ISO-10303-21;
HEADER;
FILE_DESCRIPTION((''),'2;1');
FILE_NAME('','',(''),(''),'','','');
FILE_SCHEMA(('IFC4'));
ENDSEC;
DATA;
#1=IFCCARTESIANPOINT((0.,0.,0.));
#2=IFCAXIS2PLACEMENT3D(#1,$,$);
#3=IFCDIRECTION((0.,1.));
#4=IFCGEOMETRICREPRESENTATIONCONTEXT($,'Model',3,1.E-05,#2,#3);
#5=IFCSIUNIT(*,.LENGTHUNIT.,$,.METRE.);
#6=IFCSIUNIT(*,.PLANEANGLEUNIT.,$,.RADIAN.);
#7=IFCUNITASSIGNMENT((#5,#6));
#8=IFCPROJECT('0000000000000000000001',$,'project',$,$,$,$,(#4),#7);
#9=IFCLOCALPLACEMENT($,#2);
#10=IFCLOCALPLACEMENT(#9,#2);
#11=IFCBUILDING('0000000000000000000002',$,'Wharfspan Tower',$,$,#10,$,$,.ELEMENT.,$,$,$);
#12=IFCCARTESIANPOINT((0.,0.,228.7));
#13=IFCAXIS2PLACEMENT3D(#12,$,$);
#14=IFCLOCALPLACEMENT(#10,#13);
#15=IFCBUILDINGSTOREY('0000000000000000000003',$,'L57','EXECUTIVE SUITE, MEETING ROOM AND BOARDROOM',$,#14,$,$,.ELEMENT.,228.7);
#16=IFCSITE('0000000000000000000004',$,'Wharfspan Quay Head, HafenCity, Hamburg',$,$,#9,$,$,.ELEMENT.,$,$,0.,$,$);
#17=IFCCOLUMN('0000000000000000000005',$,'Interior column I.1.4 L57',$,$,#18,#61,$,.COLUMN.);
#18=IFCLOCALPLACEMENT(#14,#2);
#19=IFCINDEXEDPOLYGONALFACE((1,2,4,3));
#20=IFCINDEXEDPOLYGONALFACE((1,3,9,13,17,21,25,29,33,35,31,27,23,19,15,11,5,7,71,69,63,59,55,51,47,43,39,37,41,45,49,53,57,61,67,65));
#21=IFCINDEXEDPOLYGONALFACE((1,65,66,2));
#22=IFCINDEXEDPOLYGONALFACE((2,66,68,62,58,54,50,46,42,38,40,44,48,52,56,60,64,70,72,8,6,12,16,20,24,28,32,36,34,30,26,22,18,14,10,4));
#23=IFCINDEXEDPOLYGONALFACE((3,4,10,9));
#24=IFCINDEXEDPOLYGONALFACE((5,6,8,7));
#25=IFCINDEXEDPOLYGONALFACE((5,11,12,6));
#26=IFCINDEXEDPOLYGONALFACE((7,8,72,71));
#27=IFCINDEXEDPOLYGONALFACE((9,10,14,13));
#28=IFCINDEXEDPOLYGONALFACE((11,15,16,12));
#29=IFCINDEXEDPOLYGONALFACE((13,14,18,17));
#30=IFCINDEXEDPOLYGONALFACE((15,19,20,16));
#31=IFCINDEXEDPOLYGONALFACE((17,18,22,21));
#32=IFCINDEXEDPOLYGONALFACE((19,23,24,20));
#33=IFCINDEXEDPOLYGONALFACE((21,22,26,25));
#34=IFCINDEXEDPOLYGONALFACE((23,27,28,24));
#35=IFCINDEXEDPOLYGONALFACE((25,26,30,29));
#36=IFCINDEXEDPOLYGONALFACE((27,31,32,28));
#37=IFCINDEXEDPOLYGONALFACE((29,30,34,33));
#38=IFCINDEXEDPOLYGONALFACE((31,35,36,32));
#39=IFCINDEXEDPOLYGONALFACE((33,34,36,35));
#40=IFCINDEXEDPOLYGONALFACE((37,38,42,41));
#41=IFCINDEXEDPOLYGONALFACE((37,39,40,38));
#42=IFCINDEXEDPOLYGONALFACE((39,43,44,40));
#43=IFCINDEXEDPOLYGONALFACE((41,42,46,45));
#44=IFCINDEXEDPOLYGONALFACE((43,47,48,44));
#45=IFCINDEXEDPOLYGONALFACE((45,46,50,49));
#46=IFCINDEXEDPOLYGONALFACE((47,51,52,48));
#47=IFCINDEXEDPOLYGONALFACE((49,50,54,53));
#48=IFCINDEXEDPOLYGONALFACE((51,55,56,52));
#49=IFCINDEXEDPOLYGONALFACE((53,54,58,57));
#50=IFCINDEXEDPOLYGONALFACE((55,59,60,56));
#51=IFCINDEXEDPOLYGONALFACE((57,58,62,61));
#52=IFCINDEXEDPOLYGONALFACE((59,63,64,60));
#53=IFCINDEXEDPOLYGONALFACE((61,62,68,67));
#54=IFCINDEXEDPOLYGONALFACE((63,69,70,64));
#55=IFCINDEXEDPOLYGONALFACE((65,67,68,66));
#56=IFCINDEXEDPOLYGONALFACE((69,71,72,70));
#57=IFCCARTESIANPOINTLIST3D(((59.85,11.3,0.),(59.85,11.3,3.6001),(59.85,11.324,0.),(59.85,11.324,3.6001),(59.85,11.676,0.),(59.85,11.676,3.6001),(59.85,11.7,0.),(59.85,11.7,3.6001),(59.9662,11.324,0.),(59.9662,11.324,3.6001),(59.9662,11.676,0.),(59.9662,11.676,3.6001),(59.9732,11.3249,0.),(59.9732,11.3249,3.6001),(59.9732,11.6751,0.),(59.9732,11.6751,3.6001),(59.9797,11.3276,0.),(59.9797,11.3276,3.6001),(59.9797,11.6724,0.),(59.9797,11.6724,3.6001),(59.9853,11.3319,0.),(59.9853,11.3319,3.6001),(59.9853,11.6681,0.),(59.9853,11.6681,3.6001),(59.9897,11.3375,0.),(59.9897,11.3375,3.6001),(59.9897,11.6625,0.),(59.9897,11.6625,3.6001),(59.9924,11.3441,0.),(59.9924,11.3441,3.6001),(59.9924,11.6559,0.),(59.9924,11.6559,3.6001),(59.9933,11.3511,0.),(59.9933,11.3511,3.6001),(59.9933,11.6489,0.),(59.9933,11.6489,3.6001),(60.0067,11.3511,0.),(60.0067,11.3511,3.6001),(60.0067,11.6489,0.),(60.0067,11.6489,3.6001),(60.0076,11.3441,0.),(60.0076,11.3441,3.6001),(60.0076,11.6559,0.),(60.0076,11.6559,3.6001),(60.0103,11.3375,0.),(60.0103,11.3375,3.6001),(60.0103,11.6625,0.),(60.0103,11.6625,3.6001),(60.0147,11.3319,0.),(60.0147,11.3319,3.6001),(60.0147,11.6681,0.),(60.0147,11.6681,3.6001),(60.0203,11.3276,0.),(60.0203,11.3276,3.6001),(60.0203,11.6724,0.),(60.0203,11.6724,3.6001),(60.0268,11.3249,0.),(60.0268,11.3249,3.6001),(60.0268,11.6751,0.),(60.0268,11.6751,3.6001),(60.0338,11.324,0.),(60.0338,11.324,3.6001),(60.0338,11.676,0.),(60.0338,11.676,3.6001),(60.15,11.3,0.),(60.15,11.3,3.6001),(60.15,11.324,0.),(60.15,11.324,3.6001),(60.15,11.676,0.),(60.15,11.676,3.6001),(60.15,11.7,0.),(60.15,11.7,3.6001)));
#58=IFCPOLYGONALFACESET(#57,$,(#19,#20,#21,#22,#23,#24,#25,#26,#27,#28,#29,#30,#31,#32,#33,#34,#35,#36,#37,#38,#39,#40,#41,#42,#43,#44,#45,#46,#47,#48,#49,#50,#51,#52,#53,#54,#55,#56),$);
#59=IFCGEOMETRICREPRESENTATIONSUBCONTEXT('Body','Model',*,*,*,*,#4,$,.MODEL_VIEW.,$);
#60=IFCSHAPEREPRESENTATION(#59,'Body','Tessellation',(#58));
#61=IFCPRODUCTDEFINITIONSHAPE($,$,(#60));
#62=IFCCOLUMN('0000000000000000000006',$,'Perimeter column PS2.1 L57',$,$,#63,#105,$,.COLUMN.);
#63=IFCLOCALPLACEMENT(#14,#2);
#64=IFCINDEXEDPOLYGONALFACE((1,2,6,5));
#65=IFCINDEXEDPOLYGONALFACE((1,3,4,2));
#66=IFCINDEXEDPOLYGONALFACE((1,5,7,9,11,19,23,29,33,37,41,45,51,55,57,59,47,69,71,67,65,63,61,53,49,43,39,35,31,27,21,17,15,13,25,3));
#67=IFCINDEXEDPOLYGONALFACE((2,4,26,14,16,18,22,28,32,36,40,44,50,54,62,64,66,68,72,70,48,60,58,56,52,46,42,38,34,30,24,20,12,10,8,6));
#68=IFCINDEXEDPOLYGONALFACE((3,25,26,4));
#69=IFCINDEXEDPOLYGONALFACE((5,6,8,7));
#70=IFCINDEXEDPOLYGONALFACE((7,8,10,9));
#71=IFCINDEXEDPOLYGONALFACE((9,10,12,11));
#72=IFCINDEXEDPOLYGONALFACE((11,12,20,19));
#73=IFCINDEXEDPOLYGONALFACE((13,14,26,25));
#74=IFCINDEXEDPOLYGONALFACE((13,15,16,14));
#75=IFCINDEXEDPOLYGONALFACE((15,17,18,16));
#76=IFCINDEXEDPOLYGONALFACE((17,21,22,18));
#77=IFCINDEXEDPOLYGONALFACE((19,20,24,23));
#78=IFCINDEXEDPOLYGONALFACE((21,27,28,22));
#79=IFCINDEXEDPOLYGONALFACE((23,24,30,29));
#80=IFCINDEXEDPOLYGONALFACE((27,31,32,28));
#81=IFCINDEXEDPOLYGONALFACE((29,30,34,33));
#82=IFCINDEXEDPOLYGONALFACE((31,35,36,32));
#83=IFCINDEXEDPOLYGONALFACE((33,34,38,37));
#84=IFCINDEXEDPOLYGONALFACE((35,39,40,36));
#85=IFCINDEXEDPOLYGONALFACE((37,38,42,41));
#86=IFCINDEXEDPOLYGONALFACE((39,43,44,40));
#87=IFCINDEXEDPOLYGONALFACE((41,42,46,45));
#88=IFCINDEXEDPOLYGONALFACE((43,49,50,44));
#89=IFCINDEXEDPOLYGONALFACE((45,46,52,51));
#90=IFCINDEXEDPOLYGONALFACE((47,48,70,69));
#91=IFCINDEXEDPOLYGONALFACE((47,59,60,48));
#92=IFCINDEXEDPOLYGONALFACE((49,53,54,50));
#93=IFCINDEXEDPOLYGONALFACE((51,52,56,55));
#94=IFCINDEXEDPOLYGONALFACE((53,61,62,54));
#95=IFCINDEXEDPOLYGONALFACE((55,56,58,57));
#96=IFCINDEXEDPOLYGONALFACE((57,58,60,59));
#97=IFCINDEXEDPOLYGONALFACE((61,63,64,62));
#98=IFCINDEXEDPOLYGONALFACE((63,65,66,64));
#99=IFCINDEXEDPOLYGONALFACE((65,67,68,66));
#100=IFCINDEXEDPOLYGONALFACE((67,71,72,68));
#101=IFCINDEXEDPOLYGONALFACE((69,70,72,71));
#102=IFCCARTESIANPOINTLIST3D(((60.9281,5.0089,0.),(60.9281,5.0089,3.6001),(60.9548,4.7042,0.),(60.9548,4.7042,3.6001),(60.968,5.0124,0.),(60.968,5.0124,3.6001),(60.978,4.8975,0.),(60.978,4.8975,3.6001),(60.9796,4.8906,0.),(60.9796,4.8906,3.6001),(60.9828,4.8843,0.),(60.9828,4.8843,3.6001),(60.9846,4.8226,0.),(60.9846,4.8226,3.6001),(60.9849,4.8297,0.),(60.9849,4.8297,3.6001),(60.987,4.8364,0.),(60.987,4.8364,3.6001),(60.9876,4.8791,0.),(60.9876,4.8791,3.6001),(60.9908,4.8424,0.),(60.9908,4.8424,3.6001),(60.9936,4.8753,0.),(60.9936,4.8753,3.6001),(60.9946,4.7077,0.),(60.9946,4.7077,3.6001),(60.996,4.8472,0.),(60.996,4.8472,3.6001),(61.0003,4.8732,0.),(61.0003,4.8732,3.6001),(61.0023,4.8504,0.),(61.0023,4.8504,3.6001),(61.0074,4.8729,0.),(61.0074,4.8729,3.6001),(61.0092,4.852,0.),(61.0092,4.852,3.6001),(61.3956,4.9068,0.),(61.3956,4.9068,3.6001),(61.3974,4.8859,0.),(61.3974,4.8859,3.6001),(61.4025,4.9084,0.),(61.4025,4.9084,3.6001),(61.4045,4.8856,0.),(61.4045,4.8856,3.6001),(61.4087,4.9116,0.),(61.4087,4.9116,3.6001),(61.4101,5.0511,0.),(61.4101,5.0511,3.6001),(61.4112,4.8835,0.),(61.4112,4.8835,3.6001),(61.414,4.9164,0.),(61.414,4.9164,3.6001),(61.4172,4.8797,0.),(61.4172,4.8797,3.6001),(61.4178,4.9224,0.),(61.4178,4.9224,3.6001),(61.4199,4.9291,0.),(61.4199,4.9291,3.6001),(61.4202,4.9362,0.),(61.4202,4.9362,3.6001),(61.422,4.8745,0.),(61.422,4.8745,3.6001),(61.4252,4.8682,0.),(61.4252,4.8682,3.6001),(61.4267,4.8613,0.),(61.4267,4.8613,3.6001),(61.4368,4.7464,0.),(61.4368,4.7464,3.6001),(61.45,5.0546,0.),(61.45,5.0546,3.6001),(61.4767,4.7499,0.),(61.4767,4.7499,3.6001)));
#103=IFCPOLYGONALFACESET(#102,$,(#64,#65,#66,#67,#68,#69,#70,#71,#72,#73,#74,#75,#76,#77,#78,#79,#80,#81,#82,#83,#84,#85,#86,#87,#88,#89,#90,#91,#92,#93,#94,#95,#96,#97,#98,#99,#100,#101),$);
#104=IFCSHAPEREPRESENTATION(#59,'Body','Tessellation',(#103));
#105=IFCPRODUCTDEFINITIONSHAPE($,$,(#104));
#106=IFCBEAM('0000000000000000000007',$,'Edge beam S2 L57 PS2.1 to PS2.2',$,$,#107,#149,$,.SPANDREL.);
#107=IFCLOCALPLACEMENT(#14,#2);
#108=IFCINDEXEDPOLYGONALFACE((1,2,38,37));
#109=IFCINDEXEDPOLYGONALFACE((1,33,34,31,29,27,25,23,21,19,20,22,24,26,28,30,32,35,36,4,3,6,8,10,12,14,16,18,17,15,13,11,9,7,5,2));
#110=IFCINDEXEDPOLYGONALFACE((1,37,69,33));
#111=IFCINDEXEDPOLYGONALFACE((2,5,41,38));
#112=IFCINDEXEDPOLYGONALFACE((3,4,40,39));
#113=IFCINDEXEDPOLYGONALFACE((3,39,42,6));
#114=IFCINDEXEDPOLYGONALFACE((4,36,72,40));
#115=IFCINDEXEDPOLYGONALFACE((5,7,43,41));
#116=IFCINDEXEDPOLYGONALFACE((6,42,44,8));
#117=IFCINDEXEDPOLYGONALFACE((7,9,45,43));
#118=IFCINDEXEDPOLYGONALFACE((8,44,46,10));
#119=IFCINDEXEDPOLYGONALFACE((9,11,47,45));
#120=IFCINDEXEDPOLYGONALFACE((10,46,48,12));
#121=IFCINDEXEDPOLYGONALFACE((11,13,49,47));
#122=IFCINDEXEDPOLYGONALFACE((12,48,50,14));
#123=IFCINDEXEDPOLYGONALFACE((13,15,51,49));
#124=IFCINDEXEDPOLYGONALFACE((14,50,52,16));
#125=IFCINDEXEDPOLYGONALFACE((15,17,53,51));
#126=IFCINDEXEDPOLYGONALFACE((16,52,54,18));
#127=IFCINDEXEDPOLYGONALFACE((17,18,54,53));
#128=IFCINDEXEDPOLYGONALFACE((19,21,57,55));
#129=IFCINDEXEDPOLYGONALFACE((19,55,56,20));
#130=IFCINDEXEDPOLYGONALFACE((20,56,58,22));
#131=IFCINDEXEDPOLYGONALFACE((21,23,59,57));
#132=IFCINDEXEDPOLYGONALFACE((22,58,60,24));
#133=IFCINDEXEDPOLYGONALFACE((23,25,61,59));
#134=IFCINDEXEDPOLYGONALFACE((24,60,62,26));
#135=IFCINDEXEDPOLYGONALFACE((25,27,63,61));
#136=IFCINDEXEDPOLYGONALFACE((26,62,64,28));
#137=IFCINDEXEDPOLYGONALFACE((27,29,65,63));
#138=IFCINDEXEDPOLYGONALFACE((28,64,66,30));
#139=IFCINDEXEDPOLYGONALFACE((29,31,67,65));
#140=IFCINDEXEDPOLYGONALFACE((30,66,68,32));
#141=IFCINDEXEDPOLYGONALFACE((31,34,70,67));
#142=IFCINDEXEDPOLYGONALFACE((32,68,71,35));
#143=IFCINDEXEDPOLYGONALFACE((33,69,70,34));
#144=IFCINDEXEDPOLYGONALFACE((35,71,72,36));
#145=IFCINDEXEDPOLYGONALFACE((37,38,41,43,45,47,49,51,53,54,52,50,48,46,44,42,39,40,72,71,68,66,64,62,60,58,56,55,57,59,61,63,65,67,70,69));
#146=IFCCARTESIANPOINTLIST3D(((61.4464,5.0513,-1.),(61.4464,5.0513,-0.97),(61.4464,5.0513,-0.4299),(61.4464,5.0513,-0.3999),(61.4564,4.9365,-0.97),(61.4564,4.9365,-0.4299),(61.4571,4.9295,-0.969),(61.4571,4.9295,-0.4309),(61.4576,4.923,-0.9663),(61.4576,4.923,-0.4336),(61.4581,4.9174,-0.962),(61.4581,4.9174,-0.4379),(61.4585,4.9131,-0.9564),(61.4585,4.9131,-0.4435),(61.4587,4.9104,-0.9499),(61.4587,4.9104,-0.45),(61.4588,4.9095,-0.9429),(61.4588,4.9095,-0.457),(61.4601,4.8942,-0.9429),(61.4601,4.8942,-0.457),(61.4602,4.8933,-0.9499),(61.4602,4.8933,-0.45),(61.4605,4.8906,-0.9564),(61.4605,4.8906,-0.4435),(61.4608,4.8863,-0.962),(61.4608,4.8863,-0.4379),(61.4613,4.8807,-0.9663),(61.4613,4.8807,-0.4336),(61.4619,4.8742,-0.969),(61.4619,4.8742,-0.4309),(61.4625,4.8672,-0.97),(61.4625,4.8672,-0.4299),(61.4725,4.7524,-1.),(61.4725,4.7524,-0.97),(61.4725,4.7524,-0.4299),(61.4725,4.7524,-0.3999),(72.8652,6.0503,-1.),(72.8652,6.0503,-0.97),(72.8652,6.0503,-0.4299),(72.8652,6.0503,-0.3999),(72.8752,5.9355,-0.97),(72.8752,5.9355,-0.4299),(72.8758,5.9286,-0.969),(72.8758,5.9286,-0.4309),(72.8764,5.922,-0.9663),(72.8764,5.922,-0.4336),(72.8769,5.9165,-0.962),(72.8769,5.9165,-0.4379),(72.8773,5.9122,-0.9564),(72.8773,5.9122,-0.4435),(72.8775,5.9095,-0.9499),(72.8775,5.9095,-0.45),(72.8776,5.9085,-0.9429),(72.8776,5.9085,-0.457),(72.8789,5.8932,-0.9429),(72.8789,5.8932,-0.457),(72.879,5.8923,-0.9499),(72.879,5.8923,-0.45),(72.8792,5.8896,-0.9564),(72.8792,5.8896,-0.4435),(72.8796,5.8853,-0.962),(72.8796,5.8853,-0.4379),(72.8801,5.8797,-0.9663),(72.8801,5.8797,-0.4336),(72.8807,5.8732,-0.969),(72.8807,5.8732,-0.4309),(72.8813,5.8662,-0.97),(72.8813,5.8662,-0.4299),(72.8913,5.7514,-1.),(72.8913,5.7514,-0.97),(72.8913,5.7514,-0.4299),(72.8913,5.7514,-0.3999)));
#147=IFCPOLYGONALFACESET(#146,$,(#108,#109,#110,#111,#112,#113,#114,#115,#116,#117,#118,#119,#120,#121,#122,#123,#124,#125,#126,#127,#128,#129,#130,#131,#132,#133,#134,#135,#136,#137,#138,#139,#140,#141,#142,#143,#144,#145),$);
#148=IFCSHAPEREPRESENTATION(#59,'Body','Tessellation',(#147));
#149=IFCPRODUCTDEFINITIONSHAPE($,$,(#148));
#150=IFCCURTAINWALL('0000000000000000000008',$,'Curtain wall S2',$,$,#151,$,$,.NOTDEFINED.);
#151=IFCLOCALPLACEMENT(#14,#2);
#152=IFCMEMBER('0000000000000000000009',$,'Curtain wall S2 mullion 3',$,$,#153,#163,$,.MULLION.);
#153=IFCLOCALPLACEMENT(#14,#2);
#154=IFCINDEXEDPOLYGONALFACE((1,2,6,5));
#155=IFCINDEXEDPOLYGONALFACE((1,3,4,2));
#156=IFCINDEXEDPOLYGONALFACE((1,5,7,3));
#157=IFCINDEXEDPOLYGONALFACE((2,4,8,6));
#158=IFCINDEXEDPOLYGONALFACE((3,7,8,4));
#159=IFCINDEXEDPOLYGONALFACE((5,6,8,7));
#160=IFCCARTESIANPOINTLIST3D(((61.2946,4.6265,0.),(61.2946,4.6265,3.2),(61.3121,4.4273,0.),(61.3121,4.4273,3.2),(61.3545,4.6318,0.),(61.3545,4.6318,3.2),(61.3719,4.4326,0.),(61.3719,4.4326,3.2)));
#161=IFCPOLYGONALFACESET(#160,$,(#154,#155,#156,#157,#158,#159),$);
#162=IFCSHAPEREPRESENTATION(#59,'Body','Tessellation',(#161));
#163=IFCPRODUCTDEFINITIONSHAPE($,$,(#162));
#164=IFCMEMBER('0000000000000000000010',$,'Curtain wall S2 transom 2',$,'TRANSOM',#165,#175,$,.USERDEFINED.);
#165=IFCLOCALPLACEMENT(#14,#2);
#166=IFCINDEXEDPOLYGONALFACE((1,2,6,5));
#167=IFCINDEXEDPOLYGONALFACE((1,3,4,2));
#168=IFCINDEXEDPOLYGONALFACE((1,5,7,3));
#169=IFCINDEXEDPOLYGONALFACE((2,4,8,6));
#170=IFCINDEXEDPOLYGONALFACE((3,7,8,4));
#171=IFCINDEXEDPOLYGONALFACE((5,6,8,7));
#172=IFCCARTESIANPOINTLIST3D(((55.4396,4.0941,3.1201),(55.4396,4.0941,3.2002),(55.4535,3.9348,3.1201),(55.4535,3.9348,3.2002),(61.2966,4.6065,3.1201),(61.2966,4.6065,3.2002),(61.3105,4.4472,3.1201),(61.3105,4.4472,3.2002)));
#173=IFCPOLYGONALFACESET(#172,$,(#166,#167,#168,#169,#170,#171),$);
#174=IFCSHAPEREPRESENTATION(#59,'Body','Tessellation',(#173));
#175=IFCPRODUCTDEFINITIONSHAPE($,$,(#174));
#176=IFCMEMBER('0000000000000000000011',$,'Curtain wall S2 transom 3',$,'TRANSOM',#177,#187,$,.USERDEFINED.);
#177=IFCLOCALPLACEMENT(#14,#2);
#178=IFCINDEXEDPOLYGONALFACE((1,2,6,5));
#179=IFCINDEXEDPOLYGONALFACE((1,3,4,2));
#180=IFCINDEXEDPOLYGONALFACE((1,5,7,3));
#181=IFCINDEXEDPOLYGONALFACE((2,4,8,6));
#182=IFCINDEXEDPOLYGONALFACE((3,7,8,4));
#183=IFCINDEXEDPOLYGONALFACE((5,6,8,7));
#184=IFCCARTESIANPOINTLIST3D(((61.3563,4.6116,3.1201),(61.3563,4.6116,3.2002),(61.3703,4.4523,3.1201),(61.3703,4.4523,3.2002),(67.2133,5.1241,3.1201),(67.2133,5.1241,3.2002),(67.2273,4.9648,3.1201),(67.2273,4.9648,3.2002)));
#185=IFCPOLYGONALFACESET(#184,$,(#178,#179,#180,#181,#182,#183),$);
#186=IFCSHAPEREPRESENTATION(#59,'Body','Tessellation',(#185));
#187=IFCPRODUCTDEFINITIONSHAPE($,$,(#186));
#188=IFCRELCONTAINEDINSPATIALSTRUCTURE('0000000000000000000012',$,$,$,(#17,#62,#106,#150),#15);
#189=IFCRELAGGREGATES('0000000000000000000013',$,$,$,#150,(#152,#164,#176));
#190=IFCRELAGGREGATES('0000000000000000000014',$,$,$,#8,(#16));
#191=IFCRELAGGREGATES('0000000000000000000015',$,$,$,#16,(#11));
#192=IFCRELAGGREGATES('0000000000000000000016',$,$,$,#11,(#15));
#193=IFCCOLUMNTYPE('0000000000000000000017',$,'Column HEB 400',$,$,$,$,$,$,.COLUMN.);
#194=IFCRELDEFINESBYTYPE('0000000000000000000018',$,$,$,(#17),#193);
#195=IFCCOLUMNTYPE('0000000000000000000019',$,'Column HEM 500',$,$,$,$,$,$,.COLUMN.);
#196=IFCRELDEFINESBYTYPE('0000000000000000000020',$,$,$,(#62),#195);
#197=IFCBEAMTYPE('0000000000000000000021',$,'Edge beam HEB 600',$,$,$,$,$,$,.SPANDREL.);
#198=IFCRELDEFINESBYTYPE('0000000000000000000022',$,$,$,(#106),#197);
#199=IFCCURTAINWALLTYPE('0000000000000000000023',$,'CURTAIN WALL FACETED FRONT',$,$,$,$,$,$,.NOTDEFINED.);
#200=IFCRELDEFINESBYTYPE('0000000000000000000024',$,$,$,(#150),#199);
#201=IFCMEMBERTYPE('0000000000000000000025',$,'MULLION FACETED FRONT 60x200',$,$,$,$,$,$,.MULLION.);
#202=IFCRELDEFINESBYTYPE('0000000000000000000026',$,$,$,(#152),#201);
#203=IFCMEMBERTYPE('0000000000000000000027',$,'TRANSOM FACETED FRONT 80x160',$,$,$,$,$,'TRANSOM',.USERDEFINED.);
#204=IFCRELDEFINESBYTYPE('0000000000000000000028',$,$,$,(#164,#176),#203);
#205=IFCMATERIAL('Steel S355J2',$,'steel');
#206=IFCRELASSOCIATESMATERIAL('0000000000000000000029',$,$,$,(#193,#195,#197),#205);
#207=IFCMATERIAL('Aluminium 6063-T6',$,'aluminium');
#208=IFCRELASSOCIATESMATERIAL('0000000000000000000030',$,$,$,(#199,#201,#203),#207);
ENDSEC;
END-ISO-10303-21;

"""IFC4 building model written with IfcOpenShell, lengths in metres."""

from ifc_helpers import new_model, si_unit, direction, frame, origin, origin_2d, place, context, subcontext, project, spatial, rectangle, i_section, extrude, material, material_profile, profile_set, type_object, element, aggregate, save


model = new_model("IFC4")

# Units and contexts
model_context = context("Model", 3, precision=1e-05, world=origin(), true_north=direction((0.0, 1.0)))
body_context = subcontext(model_context, "Body", "Model", "MODEL_VIEW")
ifc_project = project(units=[si_unit("LENGTHUNIT", "METRE"), si_unit("PLANEANGLEUNIT", "RADIAN")], contexts=[model_context])

# Site, building, storey
site_placement = place(None, origin())
site = spatial("IfcSite", under=ifc_project, at=site_placement, Name="Wharfspan Quay Head, HafenCity, Hamburg", CompositionType="ELEMENT", RefElevation=0.0)
building_placement = place(site_placement, origin())
building = spatial("IfcBuilding", under=site, at=building_placement, Name="Wharfspan Tower", CompositionType="ELEMENT")
storey_placement = place(building_placement, frame((0.0, 0.0, 228.7)))
storey = spatial("IfcBuildingStorey", under=building, at=storey_placement, Name="L57", Description="EXECUTIVE SUITE, MEETING ROOM AND BOARDROOM", CompositionType="ELEMENT", Elevation=228.7)

# Columns
ifc_material_1 = material(Name="Steel S355J2", Category="steel")
ifc_material_profile_1 = material_profile(ifc_material_1, i_section(OverallWidth=0.3, OverallDepth=0.3999, WebThickness=0.0134, FlangeThickness=0.0239, FilletRadius=0.0271, at=origin_2d()))
ifc_profile_set_1 = profile_set([ifc_material_profile_1], Name="Steel S355J2")
column_type_1 = type_object("IfcColumnType", Name="Column HEB 400", PredefinedType="COLUMN", material=ifc_profile_set_1)
column_1_placement = place(storey_placement, frame((60.0, 11.5, 0.0), z_axis=(0.0, 0.0, 1.0), x_axis=(1.0, 0.0, 0.0)))
element("IfcColumn", 1, at=column_1_placement, inside=storey, type_object=column_type_1, Name="Interior column I.1.4 L57", PredefinedType="COLUMN", context=body_context, shape_type="SweptSolid", body=[
    extrude(i_section(OverallWidth=0.3, OverallDepth=0.3999, WebThickness=0.0134, FlangeThickness=0.0239, FilletRadius=0.0271, at=origin_2d()), origin(), (0.0, 0.0, 1.0), 3.6001),
])
ifc_material_profile_2 = material_profile(ifc_material_1, i_section(OverallWidth=0.3059, OverallDepth=0.5239, WebThickness=0.021, FlangeThickness=0.04, FilletRadius=0.0271, at=origin_2d()))
ifc_profile_set_2 = profile_set([ifc_material_profile_2], Name="Steel S355J2")
column_type_2 = type_object("IfcColumnType", Name="Column HEM 500", PredefinedType="COLUMN", material=ifc_profile_set_2)
column_2_placement = place(storey_placement, frame((61.2024, 4.8794, 0.0), z_axis=(0.0, 0.0, 1.0), x_axis=(0.087156, -0.996197, 0.0)))
element("IfcColumn", 2, at=column_2_placement, inside=storey, type_object=column_type_2, Name="Perimeter column PS2.1 L57", PredefinedType="COLUMN", context=body_context, shape_type="SweptSolid", body=[
    extrude(i_section(OverallWidth=0.3059, OverallDepth=0.5239, WebThickness=0.021, FlangeThickness=0.04, FilletRadius=0.0271, at=origin_2d()), origin(), (0.0, 0.0, 1.0), 3.6001),
])

# Beam
ifc_material_profile_3 = material_profile(ifc_material_1, i_section(OverallWidth=0.3, OverallDepth=0.6001, WebThickness=0.0154, FlangeThickness=0.03, FilletRadius=0.0271, at=origin_2d()))
ifc_profile_set_3 = profile_set([ifc_material_profile_3], Name="Steel S355J2")
beam_type = type_object("IfcBeamType", Name="Edge beam HEB 600", PredefinedType="SPANDREL", material=ifc_profile_set_3)
beam_placement = place(storey_placement, frame((61.4595, 4.9019, -0.7), z_axis=(0.996195, 0.087157, 0.0), x_axis=(-0.087157, 0.996195, 0.0)))
element("IfcBeam", 3, at=beam_placement, inside=storey, type_object=beam_type, Name="Edge beam S2 L57 PS2.1 to PS2.2", PredefinedType="SPANDREL", context=body_context, shape_type="SweptSolid", body=[
    extrude(i_section(OverallWidth=0.3, OverallDepth=0.6001, WebThickness=0.0154, FlangeThickness=0.03, FilletRadius=0.0271, at=origin_2d()), origin(), (0.0, 0.0, 1.0), 11.4624),
])

# Curtain wall, members
ifc_material_2 = material(Name="Aluminium 6063-T6", Category="aluminium")
curtain_wall_type = type_object("IfcCurtainWallType", Name="CURTAIN WALL FACETED FRONT", PredefinedType="NOTDEFINED", material=ifc_material_2)
curtain_wall_placement = place(storey_placement, origin())
curtain_wall = element("IfcCurtainWall", 4, at=curtain_wall_placement, inside=storey, type_object=curtain_wall_type, Name="Curtain wall S2", PredefinedType="NOTDEFINED")
ifc_material_profile_4 = material_profile(ifc_material_2, rectangle(XDim=0.2, YDim=0.0601, at=origin_2d()))
ifc_profile_set_4 = profile_set([ifc_material_profile_4], Name="Aluminium 6063-T6")
member_type_1 = type_object("IfcMemberType", Name="MULLION FACETED FRONT 60x200", PredefinedType="MULLION", material=ifc_profile_set_4)
member_1_placement = place(storey_placement, frame((61.3333, 4.5295, 0.0), z_axis=(0.0, 0.0, 1.0), x_axis=(-0.087156, 0.996197, 0.0)))
member_1 = element("IfcMember", 5, at=member_1_placement, type_object=member_type_1, Name="Curtain wall S2 mullion 3", PredefinedType="MULLION", context=body_context, shape_type="SweptSolid", body=[
    extrude(rectangle(XDim=0.2, YDim=0.0601, at=origin_2d()), origin(), (0.0, 0.0, 1.0), 3.2),
])
ifc_material_profile_5 = material_profile(ifc_material_2, rectangle(XDim=0.1599, YDim=0.0801, at=origin_2d()))
ifc_profile_set_5 = profile_set([ifc_material_profile_5], Name="Aluminium 6063-T6")
member_type_2 = type_object("IfcMemberType", Name="TRANSOM FACETED FRONT 80x160", ElementType="TRANSOM", PredefinedType="USERDEFINED", material=ifc_profile_set_5)
member_2_placement = place(storey_placement, frame((55.4465, 4.0144, 3.1602), z_axis=(0.996194, 0.087162, 0.0), x_axis=(-0.087162, 0.996194, 0.0)))
member_2 = element("IfcMember", 6, at=member_2_placement, type_object=member_type_2, Name="Curtain wall S2 transom 2", ObjectType="TRANSOM", PredefinedType="USERDEFINED", context=body_context, shape_type="SweptSolid", body=[
    extrude(rectangle(XDim=0.1599, YDim=0.0801, at=origin_2d()), origin(), (0.0, 0.0, 1.0), 5.8794),
])
member_3_placement = place(storey_placement, frame((61.3633, 4.532, 3.1602), z_axis=(0.996194, 0.087162, 0.0), x_axis=(-0.087162, 0.996194, 0.0)))
member_3 = element("IfcMember", 7, at=member_3_placement, type_object=member_type_2, Name="Curtain wall S2 transom 3", ObjectType="TRANSOM", PredefinedType="USERDEFINED", context=body_context, shape_type="SweptSolid", body=[
    extrude(rectangle(XDim=0.1599, YDim=0.0801, at=origin_2d()), origin(), (0.0, 0.0, 1.0), 5.8794),
])
aggregate(curtain_wall, [member_1, member_2, member_3])

save(model, "model.ifc")
